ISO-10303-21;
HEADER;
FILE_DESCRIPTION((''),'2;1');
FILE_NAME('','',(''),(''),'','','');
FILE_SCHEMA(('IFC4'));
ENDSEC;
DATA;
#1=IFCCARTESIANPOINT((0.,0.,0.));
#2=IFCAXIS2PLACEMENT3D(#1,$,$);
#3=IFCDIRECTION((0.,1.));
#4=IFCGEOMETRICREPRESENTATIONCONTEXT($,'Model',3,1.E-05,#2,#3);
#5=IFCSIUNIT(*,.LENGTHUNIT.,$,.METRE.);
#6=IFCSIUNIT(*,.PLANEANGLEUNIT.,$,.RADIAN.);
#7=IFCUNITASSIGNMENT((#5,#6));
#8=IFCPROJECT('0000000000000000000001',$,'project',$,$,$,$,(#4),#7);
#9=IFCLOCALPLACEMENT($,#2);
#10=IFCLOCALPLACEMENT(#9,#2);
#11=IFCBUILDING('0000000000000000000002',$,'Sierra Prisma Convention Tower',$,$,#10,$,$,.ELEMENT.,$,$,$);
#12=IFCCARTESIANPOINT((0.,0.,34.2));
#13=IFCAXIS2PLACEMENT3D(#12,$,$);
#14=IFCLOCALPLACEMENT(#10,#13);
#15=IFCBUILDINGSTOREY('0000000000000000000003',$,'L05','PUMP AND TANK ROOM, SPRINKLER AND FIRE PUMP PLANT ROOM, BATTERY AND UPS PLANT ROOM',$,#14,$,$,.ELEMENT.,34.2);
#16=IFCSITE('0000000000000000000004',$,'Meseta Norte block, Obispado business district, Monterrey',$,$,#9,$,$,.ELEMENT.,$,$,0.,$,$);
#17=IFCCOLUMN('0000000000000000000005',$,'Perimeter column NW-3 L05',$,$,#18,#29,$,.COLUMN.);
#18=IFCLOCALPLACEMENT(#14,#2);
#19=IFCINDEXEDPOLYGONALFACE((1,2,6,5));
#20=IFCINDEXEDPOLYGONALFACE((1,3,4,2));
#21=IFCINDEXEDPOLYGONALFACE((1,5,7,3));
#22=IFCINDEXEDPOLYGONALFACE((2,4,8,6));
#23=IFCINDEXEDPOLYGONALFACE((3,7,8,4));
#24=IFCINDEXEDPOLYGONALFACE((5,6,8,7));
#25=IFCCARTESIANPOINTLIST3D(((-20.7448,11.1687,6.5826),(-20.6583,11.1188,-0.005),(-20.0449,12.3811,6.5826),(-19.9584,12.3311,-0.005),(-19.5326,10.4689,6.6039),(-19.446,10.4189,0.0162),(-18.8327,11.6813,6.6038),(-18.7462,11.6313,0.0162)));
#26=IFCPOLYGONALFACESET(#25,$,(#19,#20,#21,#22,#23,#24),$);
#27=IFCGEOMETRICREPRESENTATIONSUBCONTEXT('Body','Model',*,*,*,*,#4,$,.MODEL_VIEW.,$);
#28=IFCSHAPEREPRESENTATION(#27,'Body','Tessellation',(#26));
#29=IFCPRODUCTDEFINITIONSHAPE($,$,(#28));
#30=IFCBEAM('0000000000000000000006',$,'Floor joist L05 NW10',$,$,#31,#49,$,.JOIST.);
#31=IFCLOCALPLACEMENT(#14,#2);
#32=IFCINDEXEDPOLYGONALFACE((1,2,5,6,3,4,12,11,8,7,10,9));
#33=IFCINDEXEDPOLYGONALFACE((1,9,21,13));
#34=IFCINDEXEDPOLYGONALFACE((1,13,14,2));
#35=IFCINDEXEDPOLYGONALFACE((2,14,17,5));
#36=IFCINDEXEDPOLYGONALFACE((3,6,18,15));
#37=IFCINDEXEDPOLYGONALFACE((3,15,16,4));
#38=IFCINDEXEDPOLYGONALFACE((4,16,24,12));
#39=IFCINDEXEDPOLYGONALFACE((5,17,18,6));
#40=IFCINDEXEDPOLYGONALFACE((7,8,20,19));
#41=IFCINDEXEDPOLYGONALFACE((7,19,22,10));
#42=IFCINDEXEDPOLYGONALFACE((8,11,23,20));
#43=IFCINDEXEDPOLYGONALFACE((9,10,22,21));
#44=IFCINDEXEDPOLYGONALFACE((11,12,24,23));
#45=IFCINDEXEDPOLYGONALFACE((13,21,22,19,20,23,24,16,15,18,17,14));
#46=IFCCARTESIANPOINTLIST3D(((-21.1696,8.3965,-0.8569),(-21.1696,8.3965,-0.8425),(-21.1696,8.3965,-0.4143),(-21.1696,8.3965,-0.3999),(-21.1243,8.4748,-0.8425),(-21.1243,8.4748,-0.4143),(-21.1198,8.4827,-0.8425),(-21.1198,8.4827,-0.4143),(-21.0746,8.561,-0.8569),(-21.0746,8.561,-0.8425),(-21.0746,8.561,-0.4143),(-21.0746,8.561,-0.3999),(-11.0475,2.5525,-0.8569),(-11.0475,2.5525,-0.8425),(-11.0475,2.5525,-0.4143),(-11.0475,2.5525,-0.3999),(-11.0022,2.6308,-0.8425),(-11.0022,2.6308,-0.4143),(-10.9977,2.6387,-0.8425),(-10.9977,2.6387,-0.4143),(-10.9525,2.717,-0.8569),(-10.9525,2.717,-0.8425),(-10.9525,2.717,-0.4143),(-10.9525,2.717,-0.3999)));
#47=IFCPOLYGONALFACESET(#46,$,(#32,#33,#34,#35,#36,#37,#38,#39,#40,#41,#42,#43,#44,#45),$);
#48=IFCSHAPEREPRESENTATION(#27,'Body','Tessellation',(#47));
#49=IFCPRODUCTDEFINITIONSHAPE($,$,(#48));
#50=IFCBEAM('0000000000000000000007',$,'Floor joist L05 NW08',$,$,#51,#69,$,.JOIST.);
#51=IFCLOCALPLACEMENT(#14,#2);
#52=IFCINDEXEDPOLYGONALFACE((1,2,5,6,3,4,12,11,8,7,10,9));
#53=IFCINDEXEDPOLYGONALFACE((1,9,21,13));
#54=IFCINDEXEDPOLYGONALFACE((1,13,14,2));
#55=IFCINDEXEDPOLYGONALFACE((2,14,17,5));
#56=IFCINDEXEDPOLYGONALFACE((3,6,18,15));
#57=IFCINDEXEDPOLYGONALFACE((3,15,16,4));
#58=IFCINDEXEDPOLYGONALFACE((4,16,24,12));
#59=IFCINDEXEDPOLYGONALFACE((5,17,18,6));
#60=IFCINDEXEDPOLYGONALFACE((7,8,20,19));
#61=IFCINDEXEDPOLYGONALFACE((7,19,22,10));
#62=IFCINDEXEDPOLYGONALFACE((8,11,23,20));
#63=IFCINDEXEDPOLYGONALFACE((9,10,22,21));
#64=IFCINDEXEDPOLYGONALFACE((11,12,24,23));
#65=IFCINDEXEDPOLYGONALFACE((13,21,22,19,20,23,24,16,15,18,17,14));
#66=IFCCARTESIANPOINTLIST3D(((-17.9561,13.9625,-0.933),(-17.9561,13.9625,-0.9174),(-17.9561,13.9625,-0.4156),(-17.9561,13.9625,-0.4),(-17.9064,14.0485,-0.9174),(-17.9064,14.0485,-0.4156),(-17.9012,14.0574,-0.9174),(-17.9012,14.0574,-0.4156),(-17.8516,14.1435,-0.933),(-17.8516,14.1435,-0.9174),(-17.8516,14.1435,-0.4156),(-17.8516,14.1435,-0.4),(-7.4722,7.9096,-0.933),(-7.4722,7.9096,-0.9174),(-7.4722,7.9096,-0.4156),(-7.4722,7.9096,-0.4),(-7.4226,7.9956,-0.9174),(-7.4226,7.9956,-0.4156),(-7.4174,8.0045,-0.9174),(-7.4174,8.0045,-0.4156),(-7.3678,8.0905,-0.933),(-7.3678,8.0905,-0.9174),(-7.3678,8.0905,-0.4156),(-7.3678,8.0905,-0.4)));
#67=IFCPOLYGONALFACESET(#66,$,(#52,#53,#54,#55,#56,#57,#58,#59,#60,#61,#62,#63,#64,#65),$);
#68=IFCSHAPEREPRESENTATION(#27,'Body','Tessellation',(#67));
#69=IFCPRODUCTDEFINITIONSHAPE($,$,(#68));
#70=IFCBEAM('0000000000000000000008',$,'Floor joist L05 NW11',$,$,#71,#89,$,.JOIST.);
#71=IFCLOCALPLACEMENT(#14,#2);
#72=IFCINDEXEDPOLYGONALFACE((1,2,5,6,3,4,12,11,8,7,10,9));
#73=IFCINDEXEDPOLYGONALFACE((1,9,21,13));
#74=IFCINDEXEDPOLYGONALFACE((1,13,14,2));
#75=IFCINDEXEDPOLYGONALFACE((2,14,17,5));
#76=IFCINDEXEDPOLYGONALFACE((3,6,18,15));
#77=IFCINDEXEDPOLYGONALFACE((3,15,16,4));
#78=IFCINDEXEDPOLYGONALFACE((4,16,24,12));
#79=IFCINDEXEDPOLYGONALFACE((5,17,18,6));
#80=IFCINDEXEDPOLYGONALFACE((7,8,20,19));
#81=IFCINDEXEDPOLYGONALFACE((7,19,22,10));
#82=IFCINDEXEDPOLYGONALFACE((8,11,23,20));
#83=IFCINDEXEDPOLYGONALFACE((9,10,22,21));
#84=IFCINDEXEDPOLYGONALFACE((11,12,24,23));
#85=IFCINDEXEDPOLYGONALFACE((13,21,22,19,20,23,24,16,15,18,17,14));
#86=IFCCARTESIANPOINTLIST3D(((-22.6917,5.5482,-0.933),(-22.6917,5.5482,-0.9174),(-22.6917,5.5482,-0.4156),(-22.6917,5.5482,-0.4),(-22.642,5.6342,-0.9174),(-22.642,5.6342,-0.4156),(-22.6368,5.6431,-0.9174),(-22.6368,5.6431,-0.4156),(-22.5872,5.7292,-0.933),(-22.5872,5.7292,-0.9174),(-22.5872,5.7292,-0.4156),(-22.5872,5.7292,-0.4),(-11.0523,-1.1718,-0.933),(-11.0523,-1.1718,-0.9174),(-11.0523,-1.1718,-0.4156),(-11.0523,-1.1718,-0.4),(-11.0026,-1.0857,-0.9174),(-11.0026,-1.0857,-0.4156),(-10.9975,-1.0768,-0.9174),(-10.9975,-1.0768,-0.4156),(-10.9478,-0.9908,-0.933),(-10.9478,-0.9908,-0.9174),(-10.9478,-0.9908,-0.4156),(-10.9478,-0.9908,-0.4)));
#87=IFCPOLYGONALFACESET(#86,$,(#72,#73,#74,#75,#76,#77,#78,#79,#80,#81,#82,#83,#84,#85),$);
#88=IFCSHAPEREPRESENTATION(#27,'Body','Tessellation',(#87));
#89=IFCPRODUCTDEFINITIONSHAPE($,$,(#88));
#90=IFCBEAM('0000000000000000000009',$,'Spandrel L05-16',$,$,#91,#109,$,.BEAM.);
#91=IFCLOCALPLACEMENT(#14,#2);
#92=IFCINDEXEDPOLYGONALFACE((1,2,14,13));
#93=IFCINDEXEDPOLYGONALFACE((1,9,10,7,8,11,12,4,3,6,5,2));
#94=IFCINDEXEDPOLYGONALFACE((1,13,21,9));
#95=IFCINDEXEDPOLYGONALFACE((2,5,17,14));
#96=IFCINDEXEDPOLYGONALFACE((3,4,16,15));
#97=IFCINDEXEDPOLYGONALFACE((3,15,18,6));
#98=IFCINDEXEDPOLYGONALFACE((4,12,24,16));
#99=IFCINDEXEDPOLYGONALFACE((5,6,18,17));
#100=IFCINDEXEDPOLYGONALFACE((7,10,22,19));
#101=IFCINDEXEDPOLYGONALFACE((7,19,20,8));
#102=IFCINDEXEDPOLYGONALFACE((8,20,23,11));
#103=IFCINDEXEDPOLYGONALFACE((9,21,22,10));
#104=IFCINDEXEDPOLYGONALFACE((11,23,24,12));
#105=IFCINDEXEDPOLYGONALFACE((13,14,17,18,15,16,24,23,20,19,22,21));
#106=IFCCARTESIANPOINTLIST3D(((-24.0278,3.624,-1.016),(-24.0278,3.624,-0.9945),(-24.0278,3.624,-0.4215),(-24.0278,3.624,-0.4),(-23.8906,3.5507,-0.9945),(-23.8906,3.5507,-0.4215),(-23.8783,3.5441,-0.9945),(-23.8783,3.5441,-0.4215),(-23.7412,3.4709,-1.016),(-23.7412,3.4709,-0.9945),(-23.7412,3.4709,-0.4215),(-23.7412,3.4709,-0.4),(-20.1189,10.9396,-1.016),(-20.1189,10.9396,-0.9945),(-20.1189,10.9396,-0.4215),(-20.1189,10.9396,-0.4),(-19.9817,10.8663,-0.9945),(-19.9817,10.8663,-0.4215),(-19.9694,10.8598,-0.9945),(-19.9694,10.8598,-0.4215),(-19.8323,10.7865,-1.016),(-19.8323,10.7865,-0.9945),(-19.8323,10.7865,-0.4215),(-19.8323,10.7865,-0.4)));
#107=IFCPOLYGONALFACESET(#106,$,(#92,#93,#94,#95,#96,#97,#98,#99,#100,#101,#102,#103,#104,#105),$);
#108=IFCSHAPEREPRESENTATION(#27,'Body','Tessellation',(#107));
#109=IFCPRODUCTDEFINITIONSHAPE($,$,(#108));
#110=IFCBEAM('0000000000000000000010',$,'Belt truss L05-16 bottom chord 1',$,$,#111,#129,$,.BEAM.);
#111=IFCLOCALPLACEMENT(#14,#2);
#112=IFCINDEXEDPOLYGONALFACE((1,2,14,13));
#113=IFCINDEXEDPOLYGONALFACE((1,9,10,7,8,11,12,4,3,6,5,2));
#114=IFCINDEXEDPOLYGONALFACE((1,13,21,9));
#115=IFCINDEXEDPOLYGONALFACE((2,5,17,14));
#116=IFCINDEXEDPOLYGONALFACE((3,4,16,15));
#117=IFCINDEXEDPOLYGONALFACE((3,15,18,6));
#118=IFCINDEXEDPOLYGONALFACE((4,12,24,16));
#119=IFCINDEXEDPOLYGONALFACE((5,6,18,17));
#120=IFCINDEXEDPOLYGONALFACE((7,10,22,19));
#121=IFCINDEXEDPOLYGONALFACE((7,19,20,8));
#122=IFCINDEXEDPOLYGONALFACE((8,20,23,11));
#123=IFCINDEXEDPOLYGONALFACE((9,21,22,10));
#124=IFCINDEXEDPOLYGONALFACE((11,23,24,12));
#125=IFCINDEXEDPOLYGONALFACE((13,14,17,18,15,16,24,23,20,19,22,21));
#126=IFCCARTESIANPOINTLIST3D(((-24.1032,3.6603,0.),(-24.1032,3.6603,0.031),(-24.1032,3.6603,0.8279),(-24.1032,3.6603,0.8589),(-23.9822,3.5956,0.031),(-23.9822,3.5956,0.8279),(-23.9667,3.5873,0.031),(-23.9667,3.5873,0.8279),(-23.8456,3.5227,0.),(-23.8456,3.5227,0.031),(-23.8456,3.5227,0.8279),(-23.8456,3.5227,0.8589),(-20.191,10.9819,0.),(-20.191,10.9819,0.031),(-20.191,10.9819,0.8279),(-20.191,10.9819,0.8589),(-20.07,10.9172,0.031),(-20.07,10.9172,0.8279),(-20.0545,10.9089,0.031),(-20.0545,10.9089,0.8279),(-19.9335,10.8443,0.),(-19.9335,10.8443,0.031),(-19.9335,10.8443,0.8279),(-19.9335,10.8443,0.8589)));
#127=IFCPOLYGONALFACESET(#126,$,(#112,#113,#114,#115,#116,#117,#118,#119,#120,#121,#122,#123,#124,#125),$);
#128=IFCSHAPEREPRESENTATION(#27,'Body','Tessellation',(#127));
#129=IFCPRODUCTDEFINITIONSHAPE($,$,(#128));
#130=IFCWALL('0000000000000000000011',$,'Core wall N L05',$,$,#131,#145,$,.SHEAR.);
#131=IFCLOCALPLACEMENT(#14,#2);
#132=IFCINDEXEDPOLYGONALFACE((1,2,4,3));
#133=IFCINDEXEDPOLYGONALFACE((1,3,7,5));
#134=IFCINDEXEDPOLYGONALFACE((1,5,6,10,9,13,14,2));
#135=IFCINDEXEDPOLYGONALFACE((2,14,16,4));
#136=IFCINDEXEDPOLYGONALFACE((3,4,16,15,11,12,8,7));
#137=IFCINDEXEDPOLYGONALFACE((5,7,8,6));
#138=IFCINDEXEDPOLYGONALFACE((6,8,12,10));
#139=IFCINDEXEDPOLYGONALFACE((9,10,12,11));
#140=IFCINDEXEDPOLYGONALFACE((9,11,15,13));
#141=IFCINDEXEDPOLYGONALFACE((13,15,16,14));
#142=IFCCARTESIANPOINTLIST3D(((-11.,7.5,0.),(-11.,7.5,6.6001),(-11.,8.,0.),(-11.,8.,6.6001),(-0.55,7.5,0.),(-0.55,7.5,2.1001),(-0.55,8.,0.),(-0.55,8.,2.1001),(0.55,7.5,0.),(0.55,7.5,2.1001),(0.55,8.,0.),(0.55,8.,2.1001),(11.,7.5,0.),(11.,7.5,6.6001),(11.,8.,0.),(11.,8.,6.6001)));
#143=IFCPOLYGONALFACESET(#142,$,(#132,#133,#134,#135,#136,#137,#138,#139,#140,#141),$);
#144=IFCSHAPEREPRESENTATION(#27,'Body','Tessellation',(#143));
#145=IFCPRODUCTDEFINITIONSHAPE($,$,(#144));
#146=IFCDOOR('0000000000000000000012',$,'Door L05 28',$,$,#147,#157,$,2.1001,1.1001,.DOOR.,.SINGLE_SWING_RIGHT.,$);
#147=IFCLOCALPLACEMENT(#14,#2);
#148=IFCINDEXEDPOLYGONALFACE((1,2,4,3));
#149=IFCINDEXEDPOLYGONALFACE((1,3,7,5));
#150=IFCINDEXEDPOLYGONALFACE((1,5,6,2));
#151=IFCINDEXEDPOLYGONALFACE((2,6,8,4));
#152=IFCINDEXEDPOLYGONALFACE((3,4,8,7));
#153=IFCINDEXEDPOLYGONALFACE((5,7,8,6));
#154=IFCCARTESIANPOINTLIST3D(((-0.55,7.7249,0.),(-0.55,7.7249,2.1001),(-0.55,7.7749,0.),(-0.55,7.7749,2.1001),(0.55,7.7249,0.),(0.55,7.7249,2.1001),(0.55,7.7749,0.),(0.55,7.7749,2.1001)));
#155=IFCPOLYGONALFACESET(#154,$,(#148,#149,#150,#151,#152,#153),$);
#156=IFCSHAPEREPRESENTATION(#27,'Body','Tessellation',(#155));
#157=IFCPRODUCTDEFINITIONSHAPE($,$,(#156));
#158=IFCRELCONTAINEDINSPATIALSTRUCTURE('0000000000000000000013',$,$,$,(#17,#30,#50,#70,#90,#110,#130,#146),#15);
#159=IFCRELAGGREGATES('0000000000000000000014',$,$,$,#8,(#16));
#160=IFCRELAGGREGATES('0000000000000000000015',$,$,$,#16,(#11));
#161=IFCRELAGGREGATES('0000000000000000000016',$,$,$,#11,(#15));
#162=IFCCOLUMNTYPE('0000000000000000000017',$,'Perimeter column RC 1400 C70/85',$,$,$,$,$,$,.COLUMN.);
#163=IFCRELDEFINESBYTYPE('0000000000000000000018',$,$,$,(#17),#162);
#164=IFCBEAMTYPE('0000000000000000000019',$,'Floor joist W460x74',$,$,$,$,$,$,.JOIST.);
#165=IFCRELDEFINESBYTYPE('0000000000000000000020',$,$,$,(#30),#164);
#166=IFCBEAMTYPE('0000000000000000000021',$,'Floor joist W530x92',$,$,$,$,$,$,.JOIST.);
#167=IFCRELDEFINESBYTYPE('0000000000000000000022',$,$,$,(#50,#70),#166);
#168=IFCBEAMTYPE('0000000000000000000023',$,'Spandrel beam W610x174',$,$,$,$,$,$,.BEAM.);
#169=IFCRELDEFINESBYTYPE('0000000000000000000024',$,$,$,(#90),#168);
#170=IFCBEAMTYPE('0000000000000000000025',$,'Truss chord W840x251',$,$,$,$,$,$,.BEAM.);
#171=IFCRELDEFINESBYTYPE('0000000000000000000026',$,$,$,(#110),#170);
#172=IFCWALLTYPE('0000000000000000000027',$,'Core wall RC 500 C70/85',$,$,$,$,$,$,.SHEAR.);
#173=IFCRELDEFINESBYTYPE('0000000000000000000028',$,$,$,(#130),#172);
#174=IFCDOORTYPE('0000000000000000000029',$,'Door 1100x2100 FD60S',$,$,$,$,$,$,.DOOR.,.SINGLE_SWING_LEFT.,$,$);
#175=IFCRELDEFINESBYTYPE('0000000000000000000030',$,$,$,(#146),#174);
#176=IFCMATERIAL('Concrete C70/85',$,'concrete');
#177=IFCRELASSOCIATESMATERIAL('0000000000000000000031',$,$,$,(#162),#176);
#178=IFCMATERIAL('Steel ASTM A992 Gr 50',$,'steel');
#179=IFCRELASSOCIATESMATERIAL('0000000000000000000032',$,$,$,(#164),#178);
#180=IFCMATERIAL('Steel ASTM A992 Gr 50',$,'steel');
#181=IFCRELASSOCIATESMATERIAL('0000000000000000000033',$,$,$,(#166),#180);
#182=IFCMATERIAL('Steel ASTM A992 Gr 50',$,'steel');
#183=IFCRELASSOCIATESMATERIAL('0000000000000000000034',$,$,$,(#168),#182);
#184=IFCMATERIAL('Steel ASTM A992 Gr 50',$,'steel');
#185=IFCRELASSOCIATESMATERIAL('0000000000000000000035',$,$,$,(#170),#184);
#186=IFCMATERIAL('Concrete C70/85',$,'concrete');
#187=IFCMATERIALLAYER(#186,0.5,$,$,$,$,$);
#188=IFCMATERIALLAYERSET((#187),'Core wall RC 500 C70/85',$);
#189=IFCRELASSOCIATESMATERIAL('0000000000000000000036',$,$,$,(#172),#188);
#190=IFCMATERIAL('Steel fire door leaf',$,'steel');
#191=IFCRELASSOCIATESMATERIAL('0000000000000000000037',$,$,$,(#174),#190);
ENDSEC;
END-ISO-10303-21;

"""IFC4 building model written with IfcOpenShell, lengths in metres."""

from ifc_helpers import new_model, si_unit, direction, frame, frame_2d, origin, origin_2d, place, context, subcontext, project, spatial, rectangle, i_section, extrude, clip, halfspace, material, layer, layer_set, material_profile, profile_set, type_object, element, fill, save


model = new_model("IFC4")

# Units and contexts
model_context = context("Model", 3, precision=1e-05, world=origin(), true_north=direction((0.0, 1.0)))
body_context = subcontext(model_context, "Body", "Model", "MODEL_VIEW")
ifc_project = project(units=[si_unit("LENGTHUNIT", "METRE"), si_unit("PLANEANGLEUNIT", "RADIAN")], contexts=[model_context])

# Site, building, storey
site_placement = place(None, origin())
site = spatial("IfcSite", under=ifc_project, at=site_placement, Name="Meseta Norte block, Obispado business district, Monterrey", CompositionType="ELEMENT", RefElevation=0.0)
building_placement = place(site_placement, origin())
building = spatial("IfcBuilding", under=site, at=building_placement, Name="Sierra Prisma Convention Tower", CompositionType="ELEMENT")
storey_placement = place(building_placement, frame((0.0, 0.0, 34.2)))
storey = spatial("IfcBuildingStorey", under=building, at=storey_placement, Name="L05", Description="PUMP AND TANK ROOM, SPRINKLER AND FIRE PUMP PLANT ROOM, BATTERY AND UPS PLANT ROOM", CompositionType="ELEMENT", Elevation=34.2)

# Column
ifc_material_1 = material(Name="Concrete C70/85", Category="concrete")
ifc_material_profile_1 = material_profile(ifc_material_1, rectangle(XDim=1.3999, YDim=1.3999, at=origin_2d()), Name="Perimeter column RC 1400 C70/85")
ifc_profile_set_1 = profile_set([ifc_material_profile_1], Name="Concrete C70/85")
column_type = type_object("IfcColumnType", Name="Perimeter column RC 1400 C70/85", PredefinedType="COLUMN", material=ifc_profile_set_1)
column_placement = place(storey_placement, frame((-19.7021, 11.375, 0.0), z_axis=(-0.01313, 0.007582, 0.999885), x_axis=(0.499957, 0.86605, -0.000002)))
element("IfcColumn", 1, at=column_placement, inside=storey, type_object=column_type, Name="Perimeter column NW-3 L05", PredefinedType="COLUMN", context=body_context, shape_type="SweptSolid", body=[
    clip(clip(extrude(rectangle(XDim=1.3999, YDim=1.3999, at=origin_2d()), origin(), (0.0, 0.0, 1.0), 6.6008), halfspace(frame((0.0, 0.0, 0.0056)), True)), halfspace(frame((0.0, 0.0, 6.594)), False)),
])

# Beams
ifc_material_2 = material(Name="Steel ASTM A992 Gr 50", Category="steel")
ifc_material_profile_2 = material_profile(ifc_material_2, i_section(OverallWidth=0.1899, OverallDepth=0.457, WebThickness=0.009, FlangeThickness=0.0144, at=origin_2d()), Name="W460x74")
ifc_profile_set_2 = profile_set([ifc_material_profile_2], Name="Steel ASTM A992 Gr 50")
beam_type_1 = type_object("IfcBeamType", Name="Floor joist W460x74", PredefinedType="JOIST", material=ifc_profile_set_2)
beam_1_placement = place(storey_placement, frame((-21.1221, 8.4788, -0.6284), z_axis=(0.866025, -0.500001, 0.0), x_axis=(0.500001, 0.866025, 0.0)))
element("IfcBeam", 2, at=beam_1_placement, inside=storey, type_object=beam_type_1, Name="Floor joist L05 NW10", PredefinedType="JOIST", context=body_context, shape_type="SweptSolid", body=[
    extrude(i_section(OverallWidth=0.1899, OverallDepth=0.457, WebThickness=0.009, FlangeThickness=0.0144, at=origin_2d()), origin(), (0.0, 0.0, 1.0), 11.688),
])
ifc_material_3 = material(Name="Steel ASTM A992 Gr 50", Category="steel")
ifc_material_profile_3 = material_profile(ifc_material_3, i_section(OverallWidth=0.209, OverallDepth=0.533, WebThickness=0.0103, FlangeThickness=0.0156, at=origin_2d()), Name="W530x92")
ifc_profile_set_3 = profile_set([ifc_material_profile_3], Name="Steel ASTM A992 Gr 50")
beam_type_2 = type_object("IfcBeamType", Name="Floor joist W530x92", PredefinedType="JOIST", material=ifc_profile_set_3)
beam_2_placement = place(storey_placement, frame((-17.9038, 14.053, -0.6665), z_axis=(0.866022, -0.500006, 0.0), x_axis=(0.500006, 0.866022, 0.0)))
element("IfcBeam", 3, at=beam_2_placement, inside=storey, type_object=beam_type_2, Name="Floor joist L05 NW08", PredefinedType="JOIST", context=body_context, shape_type="SweptSolid", body=[
    extrude(i_section(OverallWidth=0.209, OverallDepth=0.533, WebThickness=0.0103, FlangeThickness=0.0156, at=origin_2d()), origin(), (0.0, 0.0, 1.0), 12.1057),
])
beam_3_placement = place(storey_placement, frame((-22.6394, 5.6387, -0.6665), z_axis=(0.866027, -0.499998, 0.0), x_axis=(0.499998, 0.866027, 0.0)))
element("IfcBeam", 4, at=beam_3_placement, inside=storey, type_object=beam_type_2, Name="Floor joist L05 NW11", PredefinedType="JOIST", context=body_context, shape_type="SweptSolid", body=[
    extrude(i_section(OverallWidth=0.209, OverallDepth=0.533, WebThickness=0.0103, FlangeThickness=0.0156, at=origin_2d()), origin(), (0.0, 0.0, 1.0), 13.4399),
])
ifc_material_4 = material(Name="Steel ASTM A992 Gr 50", Category="steel")
ifc_material_profile_4 = material_profile(ifc_material_4, i_section(OverallWidth=0.325, OverallDepth=0.616, WebThickness=0.0139, FlangeThickness=0.0215, at=origin_2d()), Name="W610x174")
ifc_profile_set_4 = profile_set([ifc_material_profile_4], Name="Steel ASTM A992 Gr 50")
beam_type_3 = type_object("IfcBeamType", Name="Spandrel beam W610x174", PredefinedType="BEAM", material=ifc_profile_set_4)
beam_4_placement = place(storey_placement, frame((-19.9756, 10.863, -0.708), z_axis=(-0.471268, -0.88199, 0.0), x_axis=(0.88199, -0.471268, 0.0)))
element("IfcBeam", 5, at=beam_4_placement, inside=storey, type_object=beam_type_3, Name="Spandrel L05-16", PredefinedType="BEAM", context=body_context, shape_type="SweptSolid", body=[
    extrude(i_section(OverallWidth=0.325, OverallDepth=0.616, WebThickness=0.0139, FlangeThickness=0.0215, at=origin_2d()), origin(), (0.0, 0.0, 1.0), 8.2944),
])
ifc_material_5 = material(Name="Steel ASTM A992 Gr 50", Category="steel")
ifc_material_profile_5 = material_profile(ifc_material_5, i_section(OverallWidth=0.292, OverallDepth=0.8589, WebThickness=0.0176, FlangeThickness=0.031, at=origin_2d()), Name="W840x251")
ifc_profile_set_5 = profile_set([ifc_material_profile_5], Name="Steel ASTM A992 Gr 50")
beam_type_4 = type_object("IfcBeamType", Name="Truss chord W840x251", PredefinedType="BEAM", material=ifc_profile_set_5)
beam_5_placement = place(storey_placement, frame((-20.0623, 10.9131, 0.4294), z_axis=(-0.471272, -0.881988, 0.0), x_axis=(0.881988, -0.471272, 0.0)))
element("IfcBeam", 6, at=beam_5_placement, inside=storey, type_object=beam_type_4, Name="Belt truss L05-16 bottom chord 1", PredefinedType="BEAM", context=body_context, shape_type="SweptSolid", body=[
    extrude(i_section(OverallWidth=0.292, OverallDepth=0.8589, WebThickness=0.0176, FlangeThickness=0.031, at=origin_2d()), origin(), (0.0, 0.0, 1.0), 8.3013),
])

# Wall, opening, door
ifc_material_6 = material(Name="Concrete C70/85", Category="concrete")
ifc_layer_1 = layer(ifc_material_6, 0.5)
ifc_layer_set_1 = layer_set([ifc_layer_1], Name="Core wall RC 500 C70/85")
wall_type_1 = type_object("IfcWallType", Name="Core wall RC 500 C70/85", PredefinedType="SHEAR", material=ifc_layer_set_1)
wall_1_placement = place(storey_placement, frame((-11.0, 7.75, 0.0), z_axis=(0.0, 0.0, 1.0), x_axis=(1.0, 0.0, 0.0)))
wall_1 = element("IfcWall", 7, at=wall_1_placement, inside=storey, type_object=wall_type_1, Name="Core wall N L05", PredefinedType="SHEAR", context=body_context, shape_type="SweptSolid", body=[
    extrude(rectangle(XDim=22.0, YDim=0.5, at=frame_2d((11.0, 0.0))), origin(), (0.0, 0.0, 1.0), 6.6001),
])
opening_1_placement = place(wall_1_placement, frame((10.45, 0.0, 0.0)))
opening_1 = element("IfcOpeningElement", 8, at=opening_1_placement, cuts=wall_1, PredefinedType="OPENING", context=body_context, shape_type="SweptSolid", body=[
    extrude(rectangle(XDim=1.1001, YDim=2.1001, at=frame_2d((0.55, 1.05))), frame((0.0, 0.25, 0.0), z_axis=(0.0, -1.0, 0.0), x_axis=(1.0, 0.0, 0.0)), (0.0, 0.0, 1.0), 0.5),
])
ifc_material_7 = material(Name="Steel fire door leaf", Category="steel")
door_type_1 = type_object("IfcDoorType", Name="Door 1100x2100 FD60S", OperationType="SINGLE_SWING_LEFT", PredefinedType="DOOR", material=ifc_material_7)
door_1_placement = place(opening_1_placement, origin())
door_1 = element("IfcDoor", 9, at=door_1_placement, inside=storey, type_object=door_type_1, Name="Door L05 28", OperationType="SINGLE_SWING_RIGHT", OverallHeight=2.1001, OverallWidth=1.1001, PredefinedType="DOOR", context=body_context, shape_type="SweptSolid", body=[
    extrude(rectangle(XDim=1.1001, YDim=2.1001, at=frame_2d((0.55, 1.05))), frame((0.0, 0.0249, 0.0), z_axis=(0.0, -1.0, 0.0), x_axis=(1.0, 0.0, 0.0)), (0.0, 0.0, 1.0), 0.05),
])
fill(opening_1, door_1)

save(model, "model.ifc")
